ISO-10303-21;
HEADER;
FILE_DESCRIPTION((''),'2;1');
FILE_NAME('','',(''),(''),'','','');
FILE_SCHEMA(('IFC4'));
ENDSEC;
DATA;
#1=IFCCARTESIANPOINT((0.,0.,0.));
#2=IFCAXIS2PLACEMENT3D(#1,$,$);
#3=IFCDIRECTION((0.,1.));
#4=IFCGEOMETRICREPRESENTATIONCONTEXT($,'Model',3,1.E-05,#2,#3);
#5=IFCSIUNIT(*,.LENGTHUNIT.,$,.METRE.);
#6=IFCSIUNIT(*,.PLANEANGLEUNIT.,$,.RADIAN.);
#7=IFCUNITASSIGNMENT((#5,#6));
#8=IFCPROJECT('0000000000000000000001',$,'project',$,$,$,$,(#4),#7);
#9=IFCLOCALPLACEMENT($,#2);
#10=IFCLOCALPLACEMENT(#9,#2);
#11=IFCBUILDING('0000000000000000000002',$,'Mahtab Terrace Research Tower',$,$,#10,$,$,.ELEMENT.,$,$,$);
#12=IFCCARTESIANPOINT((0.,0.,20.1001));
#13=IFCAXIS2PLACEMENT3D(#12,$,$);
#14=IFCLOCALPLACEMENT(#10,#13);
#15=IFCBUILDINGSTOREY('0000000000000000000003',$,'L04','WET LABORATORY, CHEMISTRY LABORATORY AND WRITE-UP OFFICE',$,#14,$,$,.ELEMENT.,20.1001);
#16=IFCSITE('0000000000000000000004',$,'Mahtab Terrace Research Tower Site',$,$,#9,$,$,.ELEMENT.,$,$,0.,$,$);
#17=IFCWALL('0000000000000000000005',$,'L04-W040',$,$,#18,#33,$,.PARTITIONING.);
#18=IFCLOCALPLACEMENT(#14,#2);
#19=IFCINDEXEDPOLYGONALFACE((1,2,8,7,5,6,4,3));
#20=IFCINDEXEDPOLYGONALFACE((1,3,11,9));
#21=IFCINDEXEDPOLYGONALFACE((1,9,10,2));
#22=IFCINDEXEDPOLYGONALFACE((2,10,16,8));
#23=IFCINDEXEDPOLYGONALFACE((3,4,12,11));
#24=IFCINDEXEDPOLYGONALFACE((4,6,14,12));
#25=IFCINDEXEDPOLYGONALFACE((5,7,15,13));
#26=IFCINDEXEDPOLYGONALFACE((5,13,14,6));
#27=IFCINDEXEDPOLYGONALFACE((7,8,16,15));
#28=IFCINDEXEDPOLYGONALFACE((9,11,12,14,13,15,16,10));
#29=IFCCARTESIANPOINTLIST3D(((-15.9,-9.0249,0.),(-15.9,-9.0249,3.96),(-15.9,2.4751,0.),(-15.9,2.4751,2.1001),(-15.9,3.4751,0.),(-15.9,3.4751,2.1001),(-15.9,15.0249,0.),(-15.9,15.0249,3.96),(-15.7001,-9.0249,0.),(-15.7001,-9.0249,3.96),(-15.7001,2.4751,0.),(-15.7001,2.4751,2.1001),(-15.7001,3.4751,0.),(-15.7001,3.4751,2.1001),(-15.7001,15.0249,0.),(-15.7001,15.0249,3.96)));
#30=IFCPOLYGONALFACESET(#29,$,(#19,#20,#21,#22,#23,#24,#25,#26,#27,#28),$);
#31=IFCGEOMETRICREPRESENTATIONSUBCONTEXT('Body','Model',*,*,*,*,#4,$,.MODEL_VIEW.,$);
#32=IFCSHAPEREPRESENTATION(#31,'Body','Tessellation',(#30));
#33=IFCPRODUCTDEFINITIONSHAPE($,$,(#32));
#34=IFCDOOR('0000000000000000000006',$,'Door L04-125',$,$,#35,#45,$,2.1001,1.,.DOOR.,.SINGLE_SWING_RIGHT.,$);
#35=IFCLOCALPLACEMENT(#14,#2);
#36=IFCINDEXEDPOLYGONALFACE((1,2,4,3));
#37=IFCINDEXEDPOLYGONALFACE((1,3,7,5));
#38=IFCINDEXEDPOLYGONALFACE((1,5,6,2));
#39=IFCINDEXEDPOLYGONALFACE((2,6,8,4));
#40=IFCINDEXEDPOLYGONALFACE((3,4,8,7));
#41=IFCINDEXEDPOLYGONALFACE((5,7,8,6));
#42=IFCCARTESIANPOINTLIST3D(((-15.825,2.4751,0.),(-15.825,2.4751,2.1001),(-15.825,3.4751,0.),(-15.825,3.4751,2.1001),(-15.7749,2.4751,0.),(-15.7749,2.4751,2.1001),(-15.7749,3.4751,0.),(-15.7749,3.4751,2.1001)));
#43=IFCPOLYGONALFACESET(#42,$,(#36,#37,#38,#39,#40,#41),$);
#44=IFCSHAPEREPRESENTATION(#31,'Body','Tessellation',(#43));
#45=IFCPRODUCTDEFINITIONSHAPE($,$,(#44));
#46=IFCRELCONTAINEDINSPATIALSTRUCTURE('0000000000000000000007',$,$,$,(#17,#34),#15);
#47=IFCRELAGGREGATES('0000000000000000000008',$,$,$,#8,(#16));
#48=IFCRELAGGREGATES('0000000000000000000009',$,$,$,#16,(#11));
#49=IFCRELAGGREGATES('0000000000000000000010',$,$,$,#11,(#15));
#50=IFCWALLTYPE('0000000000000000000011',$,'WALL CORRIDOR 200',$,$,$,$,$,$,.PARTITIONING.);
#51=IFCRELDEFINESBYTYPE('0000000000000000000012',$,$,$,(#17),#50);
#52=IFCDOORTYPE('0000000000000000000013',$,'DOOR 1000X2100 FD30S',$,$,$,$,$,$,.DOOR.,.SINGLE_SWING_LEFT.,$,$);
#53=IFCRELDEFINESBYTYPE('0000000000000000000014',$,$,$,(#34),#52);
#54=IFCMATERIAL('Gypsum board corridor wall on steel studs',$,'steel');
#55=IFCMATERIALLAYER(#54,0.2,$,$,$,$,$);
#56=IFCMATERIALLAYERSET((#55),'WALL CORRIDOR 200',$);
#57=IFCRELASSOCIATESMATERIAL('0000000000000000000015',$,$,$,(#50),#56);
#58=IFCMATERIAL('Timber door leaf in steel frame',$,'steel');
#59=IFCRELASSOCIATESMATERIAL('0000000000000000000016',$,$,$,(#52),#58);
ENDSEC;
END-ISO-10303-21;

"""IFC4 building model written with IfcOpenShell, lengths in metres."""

from ifc_helpers import new_model, si_unit, direction, frame, frame_2d, origin, place, context, subcontext, project, spatial, rectangle, extrude, material, layer, layer_set, type_object, element, fill, save


model = new_model("IFC4")

# Units and contexts
model_context = context("Model", 3, precision=1e-05, world=origin(), true_north=direction((0.0, 1.0)))
body_context = subcontext(model_context, "Body", "Model", "MODEL_VIEW")
ifc_project = project(units=[si_unit("LENGTHUNIT", "METRE"), si_unit("PLANEANGLEUNIT", "RADIAN")], contexts=[model_context])

# Site, building, storey
site_placement = place(None, origin())
site = spatial("IfcSite", under=ifc_project, at=site_placement, Name="Mahtab Terrace Research Tower Site", CompositionType="ELEMENT", RefElevation=0.0)
building_placement = place(site_placement, origin())
building = spatial("IfcBuilding", under=site, at=building_placement, Name="Mahtab Terrace Research Tower", CompositionType="ELEMENT")
storey_placement = place(building_placement, frame((0.0, 0.0, 20.1001)))
storey = spatial("IfcBuildingStorey", under=building, at=storey_placement, Name="L04", Description="WET LABORATORY, CHEMISTRY LABORATORY AND WRITE-UP OFFICE", CompositionType="ELEMENT", Elevation=20.1001)

# Wall, opening, door
ifc_material_1 = material(Name="Gypsum board corridor wall on steel studs", Category="steel")
ifc_layer_1 = layer(ifc_material_1, 0.2)
ifc_layer_set_1 = layer_set([ifc_layer_1], Name="WALL CORRIDOR 200")
wall_type_1 = type_object("IfcWallType", Name="WALL CORRIDOR 200", PredefinedType="PARTITIONING", material=ifc_layer_set_1)
wall_1_placement = place(storey_placement, frame((-15.8, -9.0249, 0.0), z_axis=(0.0, 0.0, 1.0), x_axis=(0.0, 1.0, 0.0)))
wall_1 = element("IfcWall", 1, at=wall_1_placement, inside=storey, type_object=wall_type_1, Name="L04-W040", PredefinedType="PARTITIONING", context=body_context, shape_type="SweptSolid", body=[
    extrude(rectangle(XDim=24.0498, YDim=0.2, at=frame_2d((12.0249, 0.0))), origin(), (0.0, 0.0, 1.0), 3.96),
])
opening_1_placement = place(wall_1_placement, frame((11.5, 0.0, 0.0)))
opening_1 = element("IfcOpeningElement", 2, at=opening_1_placement, cuts=wall_1, PredefinedType="OPENING", context=body_context, shape_type="SweptSolid", body=[
    extrude(rectangle(XDim=1.0, YDim=2.1001, at=frame_2d((0.5, 1.05))), frame((0.0, 0.1099, 0.0), z_axis=(0.0, -1.0, 0.0), x_axis=(1.0, 0.0, 0.0)), (0.0, 0.0, 1.0), 0.22),
])
ifc_material_2 = material(Name="Timber door leaf in steel frame", Category="steel")
door_type_1 = type_object("IfcDoorType", Name="DOOR 1000X2100 FD30S", OperationType="SINGLE_SWING_LEFT", PredefinedType="DOOR", material=ifc_material_2)
door_1_placement = place(opening_1_placement, origin())
door_1 = element("IfcDoor", 3, at=door_1_placement, inside=storey, type_object=door_type_1, Name="Door L04-125", OperationType="SINGLE_SWING_RIGHT", OverallHeight=2.1001, OverallWidth=1.0, PredefinedType="DOOR", context=body_context, shape_type="SweptSolid", body=[
    extrude(rectangle(XDim=1.0, YDim=2.1001, at=frame_2d((0.5, 1.05))), frame((0.0, 0.0249, 0.0), z_axis=(0.0, -1.0, 0.0), x_axis=(1.0, 0.0, 0.0)), (0.0, 0.0, 1.0), 0.05),
])
fill(opening_1, door_1)

save(model, "model.ifc")
